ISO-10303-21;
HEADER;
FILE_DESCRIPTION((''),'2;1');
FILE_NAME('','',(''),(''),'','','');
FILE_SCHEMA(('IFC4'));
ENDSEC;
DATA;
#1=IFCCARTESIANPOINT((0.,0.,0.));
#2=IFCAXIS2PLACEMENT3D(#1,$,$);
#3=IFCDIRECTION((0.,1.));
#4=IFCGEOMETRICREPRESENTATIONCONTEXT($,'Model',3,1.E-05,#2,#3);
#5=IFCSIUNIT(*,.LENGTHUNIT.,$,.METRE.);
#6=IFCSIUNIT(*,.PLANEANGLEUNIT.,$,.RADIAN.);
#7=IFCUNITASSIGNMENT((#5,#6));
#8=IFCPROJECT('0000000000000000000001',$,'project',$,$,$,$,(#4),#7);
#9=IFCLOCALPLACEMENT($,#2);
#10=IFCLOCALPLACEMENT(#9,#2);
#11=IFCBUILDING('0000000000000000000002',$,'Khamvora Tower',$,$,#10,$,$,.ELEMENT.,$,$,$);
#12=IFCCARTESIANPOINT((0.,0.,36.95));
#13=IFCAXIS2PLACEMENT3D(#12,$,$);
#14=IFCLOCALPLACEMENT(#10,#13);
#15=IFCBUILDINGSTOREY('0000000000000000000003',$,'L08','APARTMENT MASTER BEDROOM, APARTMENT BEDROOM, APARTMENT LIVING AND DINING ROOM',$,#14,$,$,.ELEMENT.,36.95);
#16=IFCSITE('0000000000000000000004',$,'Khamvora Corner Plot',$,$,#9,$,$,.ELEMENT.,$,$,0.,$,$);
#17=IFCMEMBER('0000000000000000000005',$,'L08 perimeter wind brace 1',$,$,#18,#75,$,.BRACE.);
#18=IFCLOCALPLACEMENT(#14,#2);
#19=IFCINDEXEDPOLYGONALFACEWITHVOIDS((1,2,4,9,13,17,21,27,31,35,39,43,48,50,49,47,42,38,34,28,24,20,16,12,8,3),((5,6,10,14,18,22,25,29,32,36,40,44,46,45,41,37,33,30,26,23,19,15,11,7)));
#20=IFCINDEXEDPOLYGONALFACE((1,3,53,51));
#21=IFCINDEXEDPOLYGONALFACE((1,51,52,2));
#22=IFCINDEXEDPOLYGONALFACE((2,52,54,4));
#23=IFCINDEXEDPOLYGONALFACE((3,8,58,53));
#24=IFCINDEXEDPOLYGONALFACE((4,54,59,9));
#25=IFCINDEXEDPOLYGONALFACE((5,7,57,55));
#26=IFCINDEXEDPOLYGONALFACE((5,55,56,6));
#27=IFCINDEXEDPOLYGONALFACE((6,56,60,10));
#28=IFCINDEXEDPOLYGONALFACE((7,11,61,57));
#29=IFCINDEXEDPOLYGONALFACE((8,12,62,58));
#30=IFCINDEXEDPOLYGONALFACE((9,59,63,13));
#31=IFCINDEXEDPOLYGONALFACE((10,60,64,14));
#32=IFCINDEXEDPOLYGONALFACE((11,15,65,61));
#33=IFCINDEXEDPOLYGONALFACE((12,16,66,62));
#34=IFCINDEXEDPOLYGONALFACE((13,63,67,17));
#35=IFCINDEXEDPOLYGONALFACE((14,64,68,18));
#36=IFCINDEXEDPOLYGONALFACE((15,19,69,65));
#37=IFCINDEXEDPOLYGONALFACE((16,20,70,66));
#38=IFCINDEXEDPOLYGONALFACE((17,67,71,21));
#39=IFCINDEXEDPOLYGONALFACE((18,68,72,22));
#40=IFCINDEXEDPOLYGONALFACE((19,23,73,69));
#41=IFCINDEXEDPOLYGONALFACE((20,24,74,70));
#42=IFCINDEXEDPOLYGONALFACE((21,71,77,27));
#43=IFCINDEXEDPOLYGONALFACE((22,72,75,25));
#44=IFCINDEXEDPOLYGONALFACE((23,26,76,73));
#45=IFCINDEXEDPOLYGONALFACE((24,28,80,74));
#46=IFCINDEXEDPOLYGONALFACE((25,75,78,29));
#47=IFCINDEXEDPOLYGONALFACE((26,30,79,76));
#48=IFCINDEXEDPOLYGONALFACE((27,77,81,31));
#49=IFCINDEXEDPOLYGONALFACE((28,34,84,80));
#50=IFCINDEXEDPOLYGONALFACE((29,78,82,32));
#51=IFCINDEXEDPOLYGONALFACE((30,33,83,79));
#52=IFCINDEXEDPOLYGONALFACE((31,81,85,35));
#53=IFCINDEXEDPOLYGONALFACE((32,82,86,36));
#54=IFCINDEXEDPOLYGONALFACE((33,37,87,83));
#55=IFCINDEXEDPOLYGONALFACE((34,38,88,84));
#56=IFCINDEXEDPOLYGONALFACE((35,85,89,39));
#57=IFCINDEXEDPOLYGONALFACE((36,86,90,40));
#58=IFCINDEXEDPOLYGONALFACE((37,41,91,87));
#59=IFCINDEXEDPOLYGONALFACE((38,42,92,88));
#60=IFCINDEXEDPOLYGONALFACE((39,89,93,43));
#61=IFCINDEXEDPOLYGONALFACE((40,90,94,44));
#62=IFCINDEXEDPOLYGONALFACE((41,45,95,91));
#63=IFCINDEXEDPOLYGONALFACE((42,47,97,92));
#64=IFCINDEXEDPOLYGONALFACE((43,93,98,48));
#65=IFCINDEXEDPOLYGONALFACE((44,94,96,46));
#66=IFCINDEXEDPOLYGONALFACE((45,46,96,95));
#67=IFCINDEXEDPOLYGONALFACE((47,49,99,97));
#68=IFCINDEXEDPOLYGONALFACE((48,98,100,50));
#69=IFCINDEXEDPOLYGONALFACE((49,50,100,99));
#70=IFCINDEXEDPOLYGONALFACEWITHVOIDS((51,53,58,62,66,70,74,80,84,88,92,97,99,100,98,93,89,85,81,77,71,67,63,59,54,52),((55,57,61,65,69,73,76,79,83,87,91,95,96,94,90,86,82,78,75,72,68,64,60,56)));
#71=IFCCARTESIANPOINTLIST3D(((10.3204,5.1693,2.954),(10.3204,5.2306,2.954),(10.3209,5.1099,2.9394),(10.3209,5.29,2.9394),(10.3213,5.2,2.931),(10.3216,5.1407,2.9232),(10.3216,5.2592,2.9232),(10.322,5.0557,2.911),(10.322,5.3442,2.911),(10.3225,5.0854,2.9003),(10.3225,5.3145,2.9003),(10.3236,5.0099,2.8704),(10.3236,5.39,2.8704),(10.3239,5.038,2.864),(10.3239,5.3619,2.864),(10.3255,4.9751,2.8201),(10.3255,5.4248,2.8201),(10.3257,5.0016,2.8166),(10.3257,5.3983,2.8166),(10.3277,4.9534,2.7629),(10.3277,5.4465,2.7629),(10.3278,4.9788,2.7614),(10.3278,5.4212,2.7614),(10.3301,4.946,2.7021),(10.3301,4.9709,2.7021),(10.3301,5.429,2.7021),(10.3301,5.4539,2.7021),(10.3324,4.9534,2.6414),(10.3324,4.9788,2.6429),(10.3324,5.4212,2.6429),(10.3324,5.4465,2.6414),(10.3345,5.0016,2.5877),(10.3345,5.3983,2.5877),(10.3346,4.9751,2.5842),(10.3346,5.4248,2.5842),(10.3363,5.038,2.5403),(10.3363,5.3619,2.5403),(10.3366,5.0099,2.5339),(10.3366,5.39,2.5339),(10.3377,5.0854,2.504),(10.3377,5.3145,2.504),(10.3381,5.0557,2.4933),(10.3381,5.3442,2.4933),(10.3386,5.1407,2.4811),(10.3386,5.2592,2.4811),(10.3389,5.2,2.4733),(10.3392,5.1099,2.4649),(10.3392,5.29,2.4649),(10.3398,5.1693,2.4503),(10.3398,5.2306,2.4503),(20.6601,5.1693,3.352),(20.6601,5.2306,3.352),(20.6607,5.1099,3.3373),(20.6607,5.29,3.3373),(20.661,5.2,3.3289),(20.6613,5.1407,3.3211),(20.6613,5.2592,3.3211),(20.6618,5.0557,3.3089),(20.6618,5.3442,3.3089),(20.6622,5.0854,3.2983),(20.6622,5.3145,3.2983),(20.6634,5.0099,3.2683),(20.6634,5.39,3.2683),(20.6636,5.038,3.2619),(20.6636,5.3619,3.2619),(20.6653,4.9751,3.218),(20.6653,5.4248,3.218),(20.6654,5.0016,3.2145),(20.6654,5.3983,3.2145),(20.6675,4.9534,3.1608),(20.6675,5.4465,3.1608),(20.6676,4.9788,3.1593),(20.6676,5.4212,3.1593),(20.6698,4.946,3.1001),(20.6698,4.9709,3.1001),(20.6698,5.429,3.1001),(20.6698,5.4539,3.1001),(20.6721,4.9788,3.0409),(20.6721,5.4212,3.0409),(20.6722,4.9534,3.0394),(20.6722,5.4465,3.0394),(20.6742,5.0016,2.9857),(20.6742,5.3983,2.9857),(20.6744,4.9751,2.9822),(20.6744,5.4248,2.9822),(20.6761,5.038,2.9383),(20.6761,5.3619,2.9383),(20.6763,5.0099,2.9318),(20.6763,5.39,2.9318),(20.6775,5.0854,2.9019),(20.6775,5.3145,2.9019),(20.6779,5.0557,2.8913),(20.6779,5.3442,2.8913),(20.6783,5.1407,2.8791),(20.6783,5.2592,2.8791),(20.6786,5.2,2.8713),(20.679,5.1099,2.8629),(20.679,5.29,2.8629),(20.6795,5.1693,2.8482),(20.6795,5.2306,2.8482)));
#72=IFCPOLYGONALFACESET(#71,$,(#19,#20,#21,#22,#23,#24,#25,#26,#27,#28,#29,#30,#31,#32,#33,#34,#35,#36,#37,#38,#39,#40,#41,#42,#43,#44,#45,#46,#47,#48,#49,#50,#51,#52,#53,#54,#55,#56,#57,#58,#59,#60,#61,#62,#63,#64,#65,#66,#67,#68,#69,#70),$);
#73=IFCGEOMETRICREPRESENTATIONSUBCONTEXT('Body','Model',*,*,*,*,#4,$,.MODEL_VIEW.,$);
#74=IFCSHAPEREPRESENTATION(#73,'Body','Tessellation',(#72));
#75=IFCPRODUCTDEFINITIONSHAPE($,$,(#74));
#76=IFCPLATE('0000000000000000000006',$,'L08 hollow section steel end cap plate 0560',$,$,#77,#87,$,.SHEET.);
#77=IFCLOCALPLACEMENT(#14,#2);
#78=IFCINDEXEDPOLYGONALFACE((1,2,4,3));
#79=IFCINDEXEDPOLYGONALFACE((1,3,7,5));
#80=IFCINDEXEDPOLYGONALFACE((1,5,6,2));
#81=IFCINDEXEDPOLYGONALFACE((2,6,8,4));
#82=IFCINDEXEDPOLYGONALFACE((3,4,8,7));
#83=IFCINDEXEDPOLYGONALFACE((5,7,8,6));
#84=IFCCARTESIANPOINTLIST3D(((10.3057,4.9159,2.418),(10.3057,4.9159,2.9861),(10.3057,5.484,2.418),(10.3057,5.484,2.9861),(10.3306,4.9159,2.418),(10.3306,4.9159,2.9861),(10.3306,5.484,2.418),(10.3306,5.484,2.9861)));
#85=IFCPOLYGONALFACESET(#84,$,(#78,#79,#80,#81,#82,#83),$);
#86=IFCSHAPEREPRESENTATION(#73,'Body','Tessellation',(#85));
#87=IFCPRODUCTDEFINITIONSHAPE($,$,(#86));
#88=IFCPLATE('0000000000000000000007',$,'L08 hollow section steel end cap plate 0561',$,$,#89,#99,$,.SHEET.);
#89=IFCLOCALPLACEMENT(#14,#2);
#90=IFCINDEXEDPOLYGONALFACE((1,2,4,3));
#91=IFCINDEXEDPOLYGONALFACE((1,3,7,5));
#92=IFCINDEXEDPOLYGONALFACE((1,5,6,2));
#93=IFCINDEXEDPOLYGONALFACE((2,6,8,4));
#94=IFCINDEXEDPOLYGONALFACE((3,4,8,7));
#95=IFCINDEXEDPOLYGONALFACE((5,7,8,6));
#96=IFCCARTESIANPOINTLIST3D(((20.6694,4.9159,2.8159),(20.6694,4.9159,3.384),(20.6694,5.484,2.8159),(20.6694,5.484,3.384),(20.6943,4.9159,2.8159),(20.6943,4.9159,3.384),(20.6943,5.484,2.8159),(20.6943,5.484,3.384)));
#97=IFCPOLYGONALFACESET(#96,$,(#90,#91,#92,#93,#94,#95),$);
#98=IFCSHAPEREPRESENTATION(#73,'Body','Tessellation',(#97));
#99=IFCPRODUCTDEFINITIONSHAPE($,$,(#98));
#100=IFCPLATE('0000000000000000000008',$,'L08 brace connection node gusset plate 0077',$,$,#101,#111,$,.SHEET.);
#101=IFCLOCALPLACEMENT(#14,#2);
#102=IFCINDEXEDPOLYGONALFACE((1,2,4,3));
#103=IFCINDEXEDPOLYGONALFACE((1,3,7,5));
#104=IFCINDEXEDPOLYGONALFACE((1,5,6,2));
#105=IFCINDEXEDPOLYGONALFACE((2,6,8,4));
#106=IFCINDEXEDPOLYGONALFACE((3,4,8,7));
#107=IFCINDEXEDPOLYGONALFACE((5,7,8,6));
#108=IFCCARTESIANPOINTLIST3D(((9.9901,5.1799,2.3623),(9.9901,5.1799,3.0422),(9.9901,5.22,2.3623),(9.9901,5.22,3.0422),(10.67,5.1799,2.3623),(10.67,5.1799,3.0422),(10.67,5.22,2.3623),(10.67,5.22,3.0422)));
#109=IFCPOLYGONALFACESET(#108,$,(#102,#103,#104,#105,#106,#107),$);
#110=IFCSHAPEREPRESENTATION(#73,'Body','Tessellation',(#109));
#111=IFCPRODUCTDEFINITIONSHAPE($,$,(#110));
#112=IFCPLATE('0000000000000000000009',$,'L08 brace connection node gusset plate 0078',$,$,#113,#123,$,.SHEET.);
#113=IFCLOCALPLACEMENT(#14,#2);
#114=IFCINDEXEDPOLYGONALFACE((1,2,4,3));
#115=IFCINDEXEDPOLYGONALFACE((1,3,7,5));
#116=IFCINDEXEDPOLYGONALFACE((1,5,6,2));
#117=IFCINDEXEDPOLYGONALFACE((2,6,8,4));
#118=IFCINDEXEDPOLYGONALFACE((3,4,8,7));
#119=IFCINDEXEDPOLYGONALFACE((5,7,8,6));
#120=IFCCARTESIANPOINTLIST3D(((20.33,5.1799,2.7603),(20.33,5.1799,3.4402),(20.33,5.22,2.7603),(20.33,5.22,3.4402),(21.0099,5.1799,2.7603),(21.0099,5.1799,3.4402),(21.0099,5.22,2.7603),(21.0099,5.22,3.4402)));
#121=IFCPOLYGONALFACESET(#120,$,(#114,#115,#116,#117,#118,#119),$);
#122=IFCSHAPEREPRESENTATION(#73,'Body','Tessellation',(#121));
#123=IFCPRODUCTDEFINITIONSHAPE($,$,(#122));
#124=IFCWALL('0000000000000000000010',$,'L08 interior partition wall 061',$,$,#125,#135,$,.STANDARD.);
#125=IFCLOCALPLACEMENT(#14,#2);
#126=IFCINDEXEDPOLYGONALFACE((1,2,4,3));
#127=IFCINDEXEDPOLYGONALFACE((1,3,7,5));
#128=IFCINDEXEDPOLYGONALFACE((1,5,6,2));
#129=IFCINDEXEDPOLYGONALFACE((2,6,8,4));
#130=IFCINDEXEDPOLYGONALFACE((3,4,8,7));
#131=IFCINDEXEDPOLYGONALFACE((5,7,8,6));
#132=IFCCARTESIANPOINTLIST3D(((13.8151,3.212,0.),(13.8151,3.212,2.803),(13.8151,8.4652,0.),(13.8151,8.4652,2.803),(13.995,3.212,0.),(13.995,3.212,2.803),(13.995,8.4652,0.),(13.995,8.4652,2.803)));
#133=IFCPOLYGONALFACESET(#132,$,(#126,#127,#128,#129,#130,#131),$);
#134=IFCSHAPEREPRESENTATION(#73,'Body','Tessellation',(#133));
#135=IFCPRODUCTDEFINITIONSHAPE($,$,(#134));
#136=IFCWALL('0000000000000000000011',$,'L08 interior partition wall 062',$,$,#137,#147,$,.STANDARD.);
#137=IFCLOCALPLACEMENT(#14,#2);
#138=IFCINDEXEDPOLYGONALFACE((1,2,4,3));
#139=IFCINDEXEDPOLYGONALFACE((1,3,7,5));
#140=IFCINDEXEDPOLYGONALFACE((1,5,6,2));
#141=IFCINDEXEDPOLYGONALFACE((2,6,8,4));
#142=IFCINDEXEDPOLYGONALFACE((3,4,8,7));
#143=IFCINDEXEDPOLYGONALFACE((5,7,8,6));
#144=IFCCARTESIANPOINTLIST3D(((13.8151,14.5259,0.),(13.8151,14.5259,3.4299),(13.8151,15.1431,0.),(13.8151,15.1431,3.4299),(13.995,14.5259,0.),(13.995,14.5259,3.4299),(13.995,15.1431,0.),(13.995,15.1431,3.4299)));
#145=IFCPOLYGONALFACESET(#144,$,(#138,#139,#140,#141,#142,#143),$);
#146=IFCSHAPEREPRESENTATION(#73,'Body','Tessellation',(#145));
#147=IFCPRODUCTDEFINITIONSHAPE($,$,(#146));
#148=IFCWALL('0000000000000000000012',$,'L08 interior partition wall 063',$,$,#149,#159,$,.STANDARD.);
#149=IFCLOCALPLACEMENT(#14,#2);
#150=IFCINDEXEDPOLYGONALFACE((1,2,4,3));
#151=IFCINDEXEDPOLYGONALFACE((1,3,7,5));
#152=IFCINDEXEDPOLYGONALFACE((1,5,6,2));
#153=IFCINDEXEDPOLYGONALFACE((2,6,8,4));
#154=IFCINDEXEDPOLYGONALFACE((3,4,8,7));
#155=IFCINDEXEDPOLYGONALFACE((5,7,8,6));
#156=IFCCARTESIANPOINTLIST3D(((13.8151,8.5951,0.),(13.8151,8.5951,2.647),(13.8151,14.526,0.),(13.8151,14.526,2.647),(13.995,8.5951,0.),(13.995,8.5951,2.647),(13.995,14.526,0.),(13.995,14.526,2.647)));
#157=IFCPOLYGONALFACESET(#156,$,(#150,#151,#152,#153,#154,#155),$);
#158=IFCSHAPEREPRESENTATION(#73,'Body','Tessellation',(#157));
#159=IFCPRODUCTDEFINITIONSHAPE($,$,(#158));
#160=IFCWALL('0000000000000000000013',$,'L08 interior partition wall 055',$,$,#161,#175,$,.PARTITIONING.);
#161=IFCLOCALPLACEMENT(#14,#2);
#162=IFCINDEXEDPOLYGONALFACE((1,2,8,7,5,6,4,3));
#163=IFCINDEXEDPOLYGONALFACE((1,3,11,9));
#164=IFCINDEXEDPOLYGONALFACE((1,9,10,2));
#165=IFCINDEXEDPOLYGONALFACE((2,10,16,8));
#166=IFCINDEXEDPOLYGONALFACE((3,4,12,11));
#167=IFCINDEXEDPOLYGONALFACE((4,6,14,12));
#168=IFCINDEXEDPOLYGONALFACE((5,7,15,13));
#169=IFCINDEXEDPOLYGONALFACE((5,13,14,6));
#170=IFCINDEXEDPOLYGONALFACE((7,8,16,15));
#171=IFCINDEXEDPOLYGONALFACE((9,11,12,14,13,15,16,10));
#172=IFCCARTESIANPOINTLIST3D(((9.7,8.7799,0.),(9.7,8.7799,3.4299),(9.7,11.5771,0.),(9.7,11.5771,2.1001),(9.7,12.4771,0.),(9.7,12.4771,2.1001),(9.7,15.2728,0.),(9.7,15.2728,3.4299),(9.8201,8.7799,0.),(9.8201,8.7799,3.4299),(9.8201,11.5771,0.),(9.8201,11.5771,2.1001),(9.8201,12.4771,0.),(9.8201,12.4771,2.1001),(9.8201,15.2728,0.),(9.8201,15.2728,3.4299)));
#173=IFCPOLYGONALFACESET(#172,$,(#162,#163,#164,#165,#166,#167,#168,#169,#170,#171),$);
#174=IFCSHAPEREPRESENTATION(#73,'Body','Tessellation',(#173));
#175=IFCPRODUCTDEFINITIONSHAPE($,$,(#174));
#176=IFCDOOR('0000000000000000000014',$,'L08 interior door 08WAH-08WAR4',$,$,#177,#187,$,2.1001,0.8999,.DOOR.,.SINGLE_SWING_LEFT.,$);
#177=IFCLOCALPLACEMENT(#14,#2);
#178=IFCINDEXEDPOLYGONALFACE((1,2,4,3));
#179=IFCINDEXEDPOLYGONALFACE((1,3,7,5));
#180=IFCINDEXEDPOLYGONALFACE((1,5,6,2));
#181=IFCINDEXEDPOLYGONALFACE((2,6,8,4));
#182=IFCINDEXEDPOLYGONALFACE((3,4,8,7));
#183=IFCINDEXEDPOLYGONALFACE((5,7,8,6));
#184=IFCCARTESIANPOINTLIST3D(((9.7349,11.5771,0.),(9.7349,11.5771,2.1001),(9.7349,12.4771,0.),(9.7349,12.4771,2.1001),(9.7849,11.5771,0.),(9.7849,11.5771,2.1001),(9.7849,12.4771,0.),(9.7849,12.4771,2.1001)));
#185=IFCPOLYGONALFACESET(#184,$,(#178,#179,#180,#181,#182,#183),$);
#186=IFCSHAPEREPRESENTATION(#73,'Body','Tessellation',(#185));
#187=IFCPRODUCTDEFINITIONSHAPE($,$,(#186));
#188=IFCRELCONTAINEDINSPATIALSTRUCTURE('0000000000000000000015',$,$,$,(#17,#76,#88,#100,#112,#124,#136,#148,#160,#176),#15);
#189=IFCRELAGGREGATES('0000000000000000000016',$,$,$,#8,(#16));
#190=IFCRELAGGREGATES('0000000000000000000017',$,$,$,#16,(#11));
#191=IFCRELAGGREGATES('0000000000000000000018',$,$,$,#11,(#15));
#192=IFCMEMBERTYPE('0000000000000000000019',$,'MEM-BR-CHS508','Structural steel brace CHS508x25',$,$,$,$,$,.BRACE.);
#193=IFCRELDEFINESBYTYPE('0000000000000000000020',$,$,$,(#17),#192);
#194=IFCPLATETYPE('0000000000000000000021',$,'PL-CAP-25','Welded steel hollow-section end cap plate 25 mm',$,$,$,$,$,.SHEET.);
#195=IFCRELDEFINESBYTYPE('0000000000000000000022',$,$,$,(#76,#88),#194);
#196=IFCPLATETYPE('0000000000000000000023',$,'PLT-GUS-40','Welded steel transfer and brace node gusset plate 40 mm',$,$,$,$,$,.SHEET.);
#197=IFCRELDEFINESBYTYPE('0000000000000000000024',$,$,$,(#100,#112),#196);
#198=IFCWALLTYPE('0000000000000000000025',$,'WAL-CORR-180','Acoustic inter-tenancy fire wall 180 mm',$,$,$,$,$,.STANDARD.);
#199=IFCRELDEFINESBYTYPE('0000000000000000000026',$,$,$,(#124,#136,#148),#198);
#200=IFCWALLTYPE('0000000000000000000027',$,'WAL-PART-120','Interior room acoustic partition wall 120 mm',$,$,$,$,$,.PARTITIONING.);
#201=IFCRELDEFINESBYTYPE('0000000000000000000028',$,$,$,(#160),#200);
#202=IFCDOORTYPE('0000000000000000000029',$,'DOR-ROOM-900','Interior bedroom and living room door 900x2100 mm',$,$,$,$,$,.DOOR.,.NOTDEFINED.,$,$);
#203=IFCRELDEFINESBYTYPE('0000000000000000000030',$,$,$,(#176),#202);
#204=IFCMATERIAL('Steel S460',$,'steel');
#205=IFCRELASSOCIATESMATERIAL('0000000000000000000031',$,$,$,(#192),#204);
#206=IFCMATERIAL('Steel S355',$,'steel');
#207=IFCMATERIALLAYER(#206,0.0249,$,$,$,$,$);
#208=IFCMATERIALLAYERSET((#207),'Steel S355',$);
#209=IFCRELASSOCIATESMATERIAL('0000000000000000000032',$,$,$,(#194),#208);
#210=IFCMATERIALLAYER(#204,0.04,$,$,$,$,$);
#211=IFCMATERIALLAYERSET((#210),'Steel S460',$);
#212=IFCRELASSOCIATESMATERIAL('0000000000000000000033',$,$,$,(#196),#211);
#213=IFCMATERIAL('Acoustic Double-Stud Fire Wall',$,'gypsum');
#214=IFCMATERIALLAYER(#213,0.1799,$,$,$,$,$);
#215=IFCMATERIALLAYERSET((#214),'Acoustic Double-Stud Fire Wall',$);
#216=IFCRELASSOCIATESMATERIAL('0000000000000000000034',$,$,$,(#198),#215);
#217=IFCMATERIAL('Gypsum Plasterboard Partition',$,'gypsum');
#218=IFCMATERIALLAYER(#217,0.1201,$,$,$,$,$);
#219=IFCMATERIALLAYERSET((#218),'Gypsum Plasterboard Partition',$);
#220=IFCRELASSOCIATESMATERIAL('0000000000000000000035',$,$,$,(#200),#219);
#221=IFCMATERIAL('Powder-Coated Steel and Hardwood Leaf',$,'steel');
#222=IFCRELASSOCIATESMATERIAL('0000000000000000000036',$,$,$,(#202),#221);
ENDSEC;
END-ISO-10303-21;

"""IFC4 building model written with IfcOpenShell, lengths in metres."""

from ifc_helpers import new_model, si_unit, direction, frame, frame_2d, origin, origin_2d, place, context, subcontext, project, spatial, rectangle, hollow_circle, extrude, material, layer, layer_set, material_profile, profile_set, type_object, element, fill, save


model = new_model("IFC4")

# Units and contexts
model_context = context("Model", 3, precision=1e-05, world=origin(), true_north=direction((0.0, 1.0)))
body_context = subcontext(model_context, "Body", "Model", "MODEL_VIEW")
ifc_project = project(units=[si_unit("LENGTHUNIT", "METRE"), si_unit("PLANEANGLEUNIT", "RADIAN")], contexts=[model_context])

# Site, building, storey
site_placement = place(None, origin())
site = spatial("IfcSite", under=ifc_project, at=site_placement, Name="Khamvora Corner Plot", CompositionType="ELEMENT", RefElevation=0.0)
building_placement = place(site_placement, origin())
building = spatial("IfcBuilding", under=site, at=building_placement, Name="Khamvora Tower", CompositionType="ELEMENT")
storey_placement = place(building_placement, frame((0.0, 0.0, 36.95)))
storey = spatial("IfcBuildingStorey", under=building, at=storey_placement, Name="L08", Description="APARTMENT MASTER BEDROOM, APARTMENT BEDROOM, APARTMENT LIVING AND DINING ROOM", CompositionType="ELEMENT", Elevation=36.95)

# Shared definitions
ifc_material_1 = material(Name="Steel S460", Category="steel")

# Shared definitions
ifc_material_2 = material(Name="Steel S355", Category="steel")

# Member
ifc_material_profile_1 = material_profile(ifc_material_1, hollow_circle(Radius=0.2539, WallThickness=0.0249, at=origin_2d()), Name="CHS508x25")
ifc_profile_set_1 = profile_set([ifc_material_profile_1], Name="Steel S460")
member_type = type_object("IfcMemberType", Name="MEM-BR-CHS508", Description="Structural steel brace CHS508x25", PredefinedType="BRACE", material=ifc_profile_set_1)
member_placement = place(storey_placement, frame((10.3301, 5.2, 2.7021), z_axis=(0.99926, 0.0, 0.038458), x_axis=(0.0, 1.0, 0.0)))
element("IfcMember", 1, at=member_placement, inside=storey, type_object=member_type, Name="L08 perimeter wind brace 1", PredefinedType="BRACE", context=body_context, shape_type="SweptSolid", body=[
    extrude(hollow_circle(Radius=0.2539, WallThickness=0.0249, at=origin_2d()), origin(), (0.0, 0.0, 1.0), 10.3474),
])

# Plates
ifc_layer_1 = layer(ifc_material_2, 0.0249)
ifc_layer_set_1 = layer_set([ifc_layer_1], Name="Steel S355")
plate_type_1 = type_object("IfcPlateType", Name="PL-CAP-25", Description="Welded steel hollow-section end cap plate 25 mm", PredefinedType="SHEET", material=ifc_layer_set_1)
for number, where, z_axis, x_axis, name in (
    (2, (10.3181, 5.2, 2.418), (0.0, 0.0, 1.0), (1.0, 0.0, 0.0), "L08 hollow section steel end cap plate 0560"),
    (3, (20.6819, 5.2, 2.8159), (0.0, 0.0, 1.0), (1.0, 0.0, 0.0), "L08 hollow section steel end cap plate 0561"),
):
    element("IfcPlate", number, at=place(storey_placement, frame(where, z_axis=z_axis, x_axis=x_axis)), inside=storey, type_object=plate_type_1, Name=name, PredefinedType="SHEET", context=body_context, shape_type="SweptSolid", body=[
        extrude(rectangle(XDim=0.0249, YDim=0.5681, at=origin_2d()), origin(), (0.0, 0.0, 1.0), 0.5681),
    ])
ifc_layer_2 = layer(ifc_material_1, 0.04)
ifc_layer_set_2 = layer_set([ifc_layer_2], Name="Steel S460")
plate_type_2 = type_object("IfcPlateType", Name="PLT-GUS-40", Description="Welded steel transfer and brace node gusset plate 40 mm", PredefinedType="SHEET", material=ifc_layer_set_2)
for number, where, z_axis, x_axis, name in (
    (4, (10.3301, 5.2, 2.3623), (0.0, 0.0, 1.0), (1.0, 0.0, 0.0), "L08 brace connection node gusset plate 0077"),
    (5, (20.6699, 5.2, 2.7603), (0.0, 0.0, 1.0), (1.0, 0.0, 0.0), "L08 brace connection node gusset plate 0078"),
):
    element("IfcPlate", number, at=place(storey_placement, frame(where, z_axis=z_axis, x_axis=x_axis)), inside=storey, type_object=plate_type_2, Name=name, PredefinedType="SHEET", context=body_context, shape_type="SweptSolid", body=[
        extrude(rectangle(XDim=0.6799, YDim=0.04, at=origin_2d()), origin(), (0.0, 0.0, 1.0), 0.6799),
    ])

# Walls
ifc_material_3 = material(Name="Acoustic Double-Stud Fire Wall", Category="gypsum")
ifc_layer_3 = layer(ifc_material_3, 0.1799)
ifc_layer_set_3 = layer_set([ifc_layer_3], Name="Acoustic Double-Stud Fire Wall")
wall_type_1 = type_object("IfcWallType", Name="WAL-CORR-180", Description="Acoustic inter-tenancy fire wall 180 mm", PredefinedType="STANDARD", material=ifc_layer_set_3)
wall_1_placement = place(storey_placement, frame((13.905, 8.4651, 0.0), z_axis=(0.0, 0.0, 1.0), x_axis=(0.0, -1.0, 0.0)))
element("IfcWall", 6, at=wall_1_placement, inside=storey, type_object=wall_type_1, Name="L08 interior partition wall 061", PredefinedType="STANDARD", context=body_context, shape_type="SweptSolid", body=[
    extrude(rectangle(XDim=5.2532, YDim=0.1799, at=frame_2d((2.6265, 0.0))), origin(), (0.0, 0.0, 1.0), 2.803),
])
wall_2_placement = place(storey_placement, frame((13.905, 15.1431, 0.0), z_axis=(0.0, 0.0, 1.0), x_axis=(0.0, -1.0, 0.0)))
element("IfcWall", 7, at=wall_2_placement, inside=storey, type_object=wall_type_1, Name="L08 interior partition wall 062", PredefinedType="STANDARD", context=body_context, shape_type="SweptSolid", body=[
    extrude(rectangle(XDim=0.6172, YDim=0.1799, at=frame_2d((0.3086, 0.0))), origin(), (0.0, 0.0, 1.0), 3.4299),
])
wall_3_placement = place(storey_placement, frame((13.905, 14.5259, 0.0), z_axis=(0.0, 0.0, 1.0), x_axis=(0.0, -1.0, 0.0)))
element("IfcWall", 8, at=wall_3_placement, inside=storey, type_object=wall_type_1, Name="L08 interior partition wall 063", PredefinedType="STANDARD", context=body_context, shape_type="SweptSolid", body=[
    extrude(rectangle(XDim=5.9309, YDim=0.1799, at=frame_2d((2.9653, 0.0))), origin(), (0.0, 0.0, 1.0), 2.647),
])

# Wall, opening, door
ifc_material_4 = material(Name="Gypsum Plasterboard Partition", Category="gypsum")
ifc_layer_4 = layer(ifc_material_4, 0.1201)
ifc_layer_set_4 = layer_set([ifc_layer_4], Name="Gypsum Plasterboard Partition")
wall_type_2 = type_object("IfcWallType", Name="WAL-PART-120", Description="Interior room acoustic partition wall 120 mm", PredefinedType="PARTITIONING", material=ifc_layer_set_4)
wall_4_placement = place(storey_placement, frame((9.76, 15.2729, 0.0), z_axis=(0.0, 0.0, 1.0), x_axis=(0.0, -1.0, 0.0)))
wall_4 = element("IfcWall", 9, at=wall_4_placement, inside=storey, type_object=wall_type_2, Name="L08 interior partition wall 055", PredefinedType="PARTITIONING", context=body_context, shape_type="SweptSolid", body=[
    extrude(rectangle(XDim=6.4929, YDim=0.1201, at=frame_2d((3.2466, 0.0))), origin(), (0.0, 0.0, 1.0), 3.4299),
])
opening_1_placement = place(wall_4_placement, frame((2.7959, 0.0, 0.0)))
opening_1 = element("IfcOpeningElement", 10, at=opening_1_placement, cuts=wall_4, PredefinedType="OPENING", context=body_context, shape_type="SweptSolid", body=[
    extrude(rectangle(XDim=0.8999, YDim=2.1001, at=frame_2d((0.45, 1.05))), frame((0.0, 0.0701, 0.0), z_axis=(0.0, -1.0, 0.0), x_axis=(1.0, 0.0, 0.0)), (0.0, 0.0, 1.0), 0.1401),
])
ifc_material_5 = material(Name="Powder-Coated Steel and Hardwood Leaf", Category="steel")
door_type = type_object("IfcDoorType", Name="DOR-ROOM-900", Description="Interior bedroom and living room door 900x2100 mm", OperationType="NOTDEFINED", PredefinedType="DOOR", material=ifc_material_5)
door_1_placement = place(opening_1_placement, origin())
door_1 = element("IfcDoor", 11, at=door_1_placement, inside=storey, type_object=door_type, Name="L08 interior door 08WAH-08WAR4", OperationType="SINGLE_SWING_LEFT", OverallHeight=2.1001, OverallWidth=0.8999, PredefinedType="DOOR", context=body_context, shape_type="SweptSolid", body=[
    extrude(rectangle(XDim=0.8999, YDim=2.1001, at=frame_2d((0.45, 1.05))), frame((0.0, 0.0249, 0.0), z_axis=(0.0, -1.0, 0.0), x_axis=(1.0, 0.0, 0.0)), (0.0, 0.0, 1.0), 0.05),
])
fill(opening_1, door_1)

save(model, "model.ifc")
